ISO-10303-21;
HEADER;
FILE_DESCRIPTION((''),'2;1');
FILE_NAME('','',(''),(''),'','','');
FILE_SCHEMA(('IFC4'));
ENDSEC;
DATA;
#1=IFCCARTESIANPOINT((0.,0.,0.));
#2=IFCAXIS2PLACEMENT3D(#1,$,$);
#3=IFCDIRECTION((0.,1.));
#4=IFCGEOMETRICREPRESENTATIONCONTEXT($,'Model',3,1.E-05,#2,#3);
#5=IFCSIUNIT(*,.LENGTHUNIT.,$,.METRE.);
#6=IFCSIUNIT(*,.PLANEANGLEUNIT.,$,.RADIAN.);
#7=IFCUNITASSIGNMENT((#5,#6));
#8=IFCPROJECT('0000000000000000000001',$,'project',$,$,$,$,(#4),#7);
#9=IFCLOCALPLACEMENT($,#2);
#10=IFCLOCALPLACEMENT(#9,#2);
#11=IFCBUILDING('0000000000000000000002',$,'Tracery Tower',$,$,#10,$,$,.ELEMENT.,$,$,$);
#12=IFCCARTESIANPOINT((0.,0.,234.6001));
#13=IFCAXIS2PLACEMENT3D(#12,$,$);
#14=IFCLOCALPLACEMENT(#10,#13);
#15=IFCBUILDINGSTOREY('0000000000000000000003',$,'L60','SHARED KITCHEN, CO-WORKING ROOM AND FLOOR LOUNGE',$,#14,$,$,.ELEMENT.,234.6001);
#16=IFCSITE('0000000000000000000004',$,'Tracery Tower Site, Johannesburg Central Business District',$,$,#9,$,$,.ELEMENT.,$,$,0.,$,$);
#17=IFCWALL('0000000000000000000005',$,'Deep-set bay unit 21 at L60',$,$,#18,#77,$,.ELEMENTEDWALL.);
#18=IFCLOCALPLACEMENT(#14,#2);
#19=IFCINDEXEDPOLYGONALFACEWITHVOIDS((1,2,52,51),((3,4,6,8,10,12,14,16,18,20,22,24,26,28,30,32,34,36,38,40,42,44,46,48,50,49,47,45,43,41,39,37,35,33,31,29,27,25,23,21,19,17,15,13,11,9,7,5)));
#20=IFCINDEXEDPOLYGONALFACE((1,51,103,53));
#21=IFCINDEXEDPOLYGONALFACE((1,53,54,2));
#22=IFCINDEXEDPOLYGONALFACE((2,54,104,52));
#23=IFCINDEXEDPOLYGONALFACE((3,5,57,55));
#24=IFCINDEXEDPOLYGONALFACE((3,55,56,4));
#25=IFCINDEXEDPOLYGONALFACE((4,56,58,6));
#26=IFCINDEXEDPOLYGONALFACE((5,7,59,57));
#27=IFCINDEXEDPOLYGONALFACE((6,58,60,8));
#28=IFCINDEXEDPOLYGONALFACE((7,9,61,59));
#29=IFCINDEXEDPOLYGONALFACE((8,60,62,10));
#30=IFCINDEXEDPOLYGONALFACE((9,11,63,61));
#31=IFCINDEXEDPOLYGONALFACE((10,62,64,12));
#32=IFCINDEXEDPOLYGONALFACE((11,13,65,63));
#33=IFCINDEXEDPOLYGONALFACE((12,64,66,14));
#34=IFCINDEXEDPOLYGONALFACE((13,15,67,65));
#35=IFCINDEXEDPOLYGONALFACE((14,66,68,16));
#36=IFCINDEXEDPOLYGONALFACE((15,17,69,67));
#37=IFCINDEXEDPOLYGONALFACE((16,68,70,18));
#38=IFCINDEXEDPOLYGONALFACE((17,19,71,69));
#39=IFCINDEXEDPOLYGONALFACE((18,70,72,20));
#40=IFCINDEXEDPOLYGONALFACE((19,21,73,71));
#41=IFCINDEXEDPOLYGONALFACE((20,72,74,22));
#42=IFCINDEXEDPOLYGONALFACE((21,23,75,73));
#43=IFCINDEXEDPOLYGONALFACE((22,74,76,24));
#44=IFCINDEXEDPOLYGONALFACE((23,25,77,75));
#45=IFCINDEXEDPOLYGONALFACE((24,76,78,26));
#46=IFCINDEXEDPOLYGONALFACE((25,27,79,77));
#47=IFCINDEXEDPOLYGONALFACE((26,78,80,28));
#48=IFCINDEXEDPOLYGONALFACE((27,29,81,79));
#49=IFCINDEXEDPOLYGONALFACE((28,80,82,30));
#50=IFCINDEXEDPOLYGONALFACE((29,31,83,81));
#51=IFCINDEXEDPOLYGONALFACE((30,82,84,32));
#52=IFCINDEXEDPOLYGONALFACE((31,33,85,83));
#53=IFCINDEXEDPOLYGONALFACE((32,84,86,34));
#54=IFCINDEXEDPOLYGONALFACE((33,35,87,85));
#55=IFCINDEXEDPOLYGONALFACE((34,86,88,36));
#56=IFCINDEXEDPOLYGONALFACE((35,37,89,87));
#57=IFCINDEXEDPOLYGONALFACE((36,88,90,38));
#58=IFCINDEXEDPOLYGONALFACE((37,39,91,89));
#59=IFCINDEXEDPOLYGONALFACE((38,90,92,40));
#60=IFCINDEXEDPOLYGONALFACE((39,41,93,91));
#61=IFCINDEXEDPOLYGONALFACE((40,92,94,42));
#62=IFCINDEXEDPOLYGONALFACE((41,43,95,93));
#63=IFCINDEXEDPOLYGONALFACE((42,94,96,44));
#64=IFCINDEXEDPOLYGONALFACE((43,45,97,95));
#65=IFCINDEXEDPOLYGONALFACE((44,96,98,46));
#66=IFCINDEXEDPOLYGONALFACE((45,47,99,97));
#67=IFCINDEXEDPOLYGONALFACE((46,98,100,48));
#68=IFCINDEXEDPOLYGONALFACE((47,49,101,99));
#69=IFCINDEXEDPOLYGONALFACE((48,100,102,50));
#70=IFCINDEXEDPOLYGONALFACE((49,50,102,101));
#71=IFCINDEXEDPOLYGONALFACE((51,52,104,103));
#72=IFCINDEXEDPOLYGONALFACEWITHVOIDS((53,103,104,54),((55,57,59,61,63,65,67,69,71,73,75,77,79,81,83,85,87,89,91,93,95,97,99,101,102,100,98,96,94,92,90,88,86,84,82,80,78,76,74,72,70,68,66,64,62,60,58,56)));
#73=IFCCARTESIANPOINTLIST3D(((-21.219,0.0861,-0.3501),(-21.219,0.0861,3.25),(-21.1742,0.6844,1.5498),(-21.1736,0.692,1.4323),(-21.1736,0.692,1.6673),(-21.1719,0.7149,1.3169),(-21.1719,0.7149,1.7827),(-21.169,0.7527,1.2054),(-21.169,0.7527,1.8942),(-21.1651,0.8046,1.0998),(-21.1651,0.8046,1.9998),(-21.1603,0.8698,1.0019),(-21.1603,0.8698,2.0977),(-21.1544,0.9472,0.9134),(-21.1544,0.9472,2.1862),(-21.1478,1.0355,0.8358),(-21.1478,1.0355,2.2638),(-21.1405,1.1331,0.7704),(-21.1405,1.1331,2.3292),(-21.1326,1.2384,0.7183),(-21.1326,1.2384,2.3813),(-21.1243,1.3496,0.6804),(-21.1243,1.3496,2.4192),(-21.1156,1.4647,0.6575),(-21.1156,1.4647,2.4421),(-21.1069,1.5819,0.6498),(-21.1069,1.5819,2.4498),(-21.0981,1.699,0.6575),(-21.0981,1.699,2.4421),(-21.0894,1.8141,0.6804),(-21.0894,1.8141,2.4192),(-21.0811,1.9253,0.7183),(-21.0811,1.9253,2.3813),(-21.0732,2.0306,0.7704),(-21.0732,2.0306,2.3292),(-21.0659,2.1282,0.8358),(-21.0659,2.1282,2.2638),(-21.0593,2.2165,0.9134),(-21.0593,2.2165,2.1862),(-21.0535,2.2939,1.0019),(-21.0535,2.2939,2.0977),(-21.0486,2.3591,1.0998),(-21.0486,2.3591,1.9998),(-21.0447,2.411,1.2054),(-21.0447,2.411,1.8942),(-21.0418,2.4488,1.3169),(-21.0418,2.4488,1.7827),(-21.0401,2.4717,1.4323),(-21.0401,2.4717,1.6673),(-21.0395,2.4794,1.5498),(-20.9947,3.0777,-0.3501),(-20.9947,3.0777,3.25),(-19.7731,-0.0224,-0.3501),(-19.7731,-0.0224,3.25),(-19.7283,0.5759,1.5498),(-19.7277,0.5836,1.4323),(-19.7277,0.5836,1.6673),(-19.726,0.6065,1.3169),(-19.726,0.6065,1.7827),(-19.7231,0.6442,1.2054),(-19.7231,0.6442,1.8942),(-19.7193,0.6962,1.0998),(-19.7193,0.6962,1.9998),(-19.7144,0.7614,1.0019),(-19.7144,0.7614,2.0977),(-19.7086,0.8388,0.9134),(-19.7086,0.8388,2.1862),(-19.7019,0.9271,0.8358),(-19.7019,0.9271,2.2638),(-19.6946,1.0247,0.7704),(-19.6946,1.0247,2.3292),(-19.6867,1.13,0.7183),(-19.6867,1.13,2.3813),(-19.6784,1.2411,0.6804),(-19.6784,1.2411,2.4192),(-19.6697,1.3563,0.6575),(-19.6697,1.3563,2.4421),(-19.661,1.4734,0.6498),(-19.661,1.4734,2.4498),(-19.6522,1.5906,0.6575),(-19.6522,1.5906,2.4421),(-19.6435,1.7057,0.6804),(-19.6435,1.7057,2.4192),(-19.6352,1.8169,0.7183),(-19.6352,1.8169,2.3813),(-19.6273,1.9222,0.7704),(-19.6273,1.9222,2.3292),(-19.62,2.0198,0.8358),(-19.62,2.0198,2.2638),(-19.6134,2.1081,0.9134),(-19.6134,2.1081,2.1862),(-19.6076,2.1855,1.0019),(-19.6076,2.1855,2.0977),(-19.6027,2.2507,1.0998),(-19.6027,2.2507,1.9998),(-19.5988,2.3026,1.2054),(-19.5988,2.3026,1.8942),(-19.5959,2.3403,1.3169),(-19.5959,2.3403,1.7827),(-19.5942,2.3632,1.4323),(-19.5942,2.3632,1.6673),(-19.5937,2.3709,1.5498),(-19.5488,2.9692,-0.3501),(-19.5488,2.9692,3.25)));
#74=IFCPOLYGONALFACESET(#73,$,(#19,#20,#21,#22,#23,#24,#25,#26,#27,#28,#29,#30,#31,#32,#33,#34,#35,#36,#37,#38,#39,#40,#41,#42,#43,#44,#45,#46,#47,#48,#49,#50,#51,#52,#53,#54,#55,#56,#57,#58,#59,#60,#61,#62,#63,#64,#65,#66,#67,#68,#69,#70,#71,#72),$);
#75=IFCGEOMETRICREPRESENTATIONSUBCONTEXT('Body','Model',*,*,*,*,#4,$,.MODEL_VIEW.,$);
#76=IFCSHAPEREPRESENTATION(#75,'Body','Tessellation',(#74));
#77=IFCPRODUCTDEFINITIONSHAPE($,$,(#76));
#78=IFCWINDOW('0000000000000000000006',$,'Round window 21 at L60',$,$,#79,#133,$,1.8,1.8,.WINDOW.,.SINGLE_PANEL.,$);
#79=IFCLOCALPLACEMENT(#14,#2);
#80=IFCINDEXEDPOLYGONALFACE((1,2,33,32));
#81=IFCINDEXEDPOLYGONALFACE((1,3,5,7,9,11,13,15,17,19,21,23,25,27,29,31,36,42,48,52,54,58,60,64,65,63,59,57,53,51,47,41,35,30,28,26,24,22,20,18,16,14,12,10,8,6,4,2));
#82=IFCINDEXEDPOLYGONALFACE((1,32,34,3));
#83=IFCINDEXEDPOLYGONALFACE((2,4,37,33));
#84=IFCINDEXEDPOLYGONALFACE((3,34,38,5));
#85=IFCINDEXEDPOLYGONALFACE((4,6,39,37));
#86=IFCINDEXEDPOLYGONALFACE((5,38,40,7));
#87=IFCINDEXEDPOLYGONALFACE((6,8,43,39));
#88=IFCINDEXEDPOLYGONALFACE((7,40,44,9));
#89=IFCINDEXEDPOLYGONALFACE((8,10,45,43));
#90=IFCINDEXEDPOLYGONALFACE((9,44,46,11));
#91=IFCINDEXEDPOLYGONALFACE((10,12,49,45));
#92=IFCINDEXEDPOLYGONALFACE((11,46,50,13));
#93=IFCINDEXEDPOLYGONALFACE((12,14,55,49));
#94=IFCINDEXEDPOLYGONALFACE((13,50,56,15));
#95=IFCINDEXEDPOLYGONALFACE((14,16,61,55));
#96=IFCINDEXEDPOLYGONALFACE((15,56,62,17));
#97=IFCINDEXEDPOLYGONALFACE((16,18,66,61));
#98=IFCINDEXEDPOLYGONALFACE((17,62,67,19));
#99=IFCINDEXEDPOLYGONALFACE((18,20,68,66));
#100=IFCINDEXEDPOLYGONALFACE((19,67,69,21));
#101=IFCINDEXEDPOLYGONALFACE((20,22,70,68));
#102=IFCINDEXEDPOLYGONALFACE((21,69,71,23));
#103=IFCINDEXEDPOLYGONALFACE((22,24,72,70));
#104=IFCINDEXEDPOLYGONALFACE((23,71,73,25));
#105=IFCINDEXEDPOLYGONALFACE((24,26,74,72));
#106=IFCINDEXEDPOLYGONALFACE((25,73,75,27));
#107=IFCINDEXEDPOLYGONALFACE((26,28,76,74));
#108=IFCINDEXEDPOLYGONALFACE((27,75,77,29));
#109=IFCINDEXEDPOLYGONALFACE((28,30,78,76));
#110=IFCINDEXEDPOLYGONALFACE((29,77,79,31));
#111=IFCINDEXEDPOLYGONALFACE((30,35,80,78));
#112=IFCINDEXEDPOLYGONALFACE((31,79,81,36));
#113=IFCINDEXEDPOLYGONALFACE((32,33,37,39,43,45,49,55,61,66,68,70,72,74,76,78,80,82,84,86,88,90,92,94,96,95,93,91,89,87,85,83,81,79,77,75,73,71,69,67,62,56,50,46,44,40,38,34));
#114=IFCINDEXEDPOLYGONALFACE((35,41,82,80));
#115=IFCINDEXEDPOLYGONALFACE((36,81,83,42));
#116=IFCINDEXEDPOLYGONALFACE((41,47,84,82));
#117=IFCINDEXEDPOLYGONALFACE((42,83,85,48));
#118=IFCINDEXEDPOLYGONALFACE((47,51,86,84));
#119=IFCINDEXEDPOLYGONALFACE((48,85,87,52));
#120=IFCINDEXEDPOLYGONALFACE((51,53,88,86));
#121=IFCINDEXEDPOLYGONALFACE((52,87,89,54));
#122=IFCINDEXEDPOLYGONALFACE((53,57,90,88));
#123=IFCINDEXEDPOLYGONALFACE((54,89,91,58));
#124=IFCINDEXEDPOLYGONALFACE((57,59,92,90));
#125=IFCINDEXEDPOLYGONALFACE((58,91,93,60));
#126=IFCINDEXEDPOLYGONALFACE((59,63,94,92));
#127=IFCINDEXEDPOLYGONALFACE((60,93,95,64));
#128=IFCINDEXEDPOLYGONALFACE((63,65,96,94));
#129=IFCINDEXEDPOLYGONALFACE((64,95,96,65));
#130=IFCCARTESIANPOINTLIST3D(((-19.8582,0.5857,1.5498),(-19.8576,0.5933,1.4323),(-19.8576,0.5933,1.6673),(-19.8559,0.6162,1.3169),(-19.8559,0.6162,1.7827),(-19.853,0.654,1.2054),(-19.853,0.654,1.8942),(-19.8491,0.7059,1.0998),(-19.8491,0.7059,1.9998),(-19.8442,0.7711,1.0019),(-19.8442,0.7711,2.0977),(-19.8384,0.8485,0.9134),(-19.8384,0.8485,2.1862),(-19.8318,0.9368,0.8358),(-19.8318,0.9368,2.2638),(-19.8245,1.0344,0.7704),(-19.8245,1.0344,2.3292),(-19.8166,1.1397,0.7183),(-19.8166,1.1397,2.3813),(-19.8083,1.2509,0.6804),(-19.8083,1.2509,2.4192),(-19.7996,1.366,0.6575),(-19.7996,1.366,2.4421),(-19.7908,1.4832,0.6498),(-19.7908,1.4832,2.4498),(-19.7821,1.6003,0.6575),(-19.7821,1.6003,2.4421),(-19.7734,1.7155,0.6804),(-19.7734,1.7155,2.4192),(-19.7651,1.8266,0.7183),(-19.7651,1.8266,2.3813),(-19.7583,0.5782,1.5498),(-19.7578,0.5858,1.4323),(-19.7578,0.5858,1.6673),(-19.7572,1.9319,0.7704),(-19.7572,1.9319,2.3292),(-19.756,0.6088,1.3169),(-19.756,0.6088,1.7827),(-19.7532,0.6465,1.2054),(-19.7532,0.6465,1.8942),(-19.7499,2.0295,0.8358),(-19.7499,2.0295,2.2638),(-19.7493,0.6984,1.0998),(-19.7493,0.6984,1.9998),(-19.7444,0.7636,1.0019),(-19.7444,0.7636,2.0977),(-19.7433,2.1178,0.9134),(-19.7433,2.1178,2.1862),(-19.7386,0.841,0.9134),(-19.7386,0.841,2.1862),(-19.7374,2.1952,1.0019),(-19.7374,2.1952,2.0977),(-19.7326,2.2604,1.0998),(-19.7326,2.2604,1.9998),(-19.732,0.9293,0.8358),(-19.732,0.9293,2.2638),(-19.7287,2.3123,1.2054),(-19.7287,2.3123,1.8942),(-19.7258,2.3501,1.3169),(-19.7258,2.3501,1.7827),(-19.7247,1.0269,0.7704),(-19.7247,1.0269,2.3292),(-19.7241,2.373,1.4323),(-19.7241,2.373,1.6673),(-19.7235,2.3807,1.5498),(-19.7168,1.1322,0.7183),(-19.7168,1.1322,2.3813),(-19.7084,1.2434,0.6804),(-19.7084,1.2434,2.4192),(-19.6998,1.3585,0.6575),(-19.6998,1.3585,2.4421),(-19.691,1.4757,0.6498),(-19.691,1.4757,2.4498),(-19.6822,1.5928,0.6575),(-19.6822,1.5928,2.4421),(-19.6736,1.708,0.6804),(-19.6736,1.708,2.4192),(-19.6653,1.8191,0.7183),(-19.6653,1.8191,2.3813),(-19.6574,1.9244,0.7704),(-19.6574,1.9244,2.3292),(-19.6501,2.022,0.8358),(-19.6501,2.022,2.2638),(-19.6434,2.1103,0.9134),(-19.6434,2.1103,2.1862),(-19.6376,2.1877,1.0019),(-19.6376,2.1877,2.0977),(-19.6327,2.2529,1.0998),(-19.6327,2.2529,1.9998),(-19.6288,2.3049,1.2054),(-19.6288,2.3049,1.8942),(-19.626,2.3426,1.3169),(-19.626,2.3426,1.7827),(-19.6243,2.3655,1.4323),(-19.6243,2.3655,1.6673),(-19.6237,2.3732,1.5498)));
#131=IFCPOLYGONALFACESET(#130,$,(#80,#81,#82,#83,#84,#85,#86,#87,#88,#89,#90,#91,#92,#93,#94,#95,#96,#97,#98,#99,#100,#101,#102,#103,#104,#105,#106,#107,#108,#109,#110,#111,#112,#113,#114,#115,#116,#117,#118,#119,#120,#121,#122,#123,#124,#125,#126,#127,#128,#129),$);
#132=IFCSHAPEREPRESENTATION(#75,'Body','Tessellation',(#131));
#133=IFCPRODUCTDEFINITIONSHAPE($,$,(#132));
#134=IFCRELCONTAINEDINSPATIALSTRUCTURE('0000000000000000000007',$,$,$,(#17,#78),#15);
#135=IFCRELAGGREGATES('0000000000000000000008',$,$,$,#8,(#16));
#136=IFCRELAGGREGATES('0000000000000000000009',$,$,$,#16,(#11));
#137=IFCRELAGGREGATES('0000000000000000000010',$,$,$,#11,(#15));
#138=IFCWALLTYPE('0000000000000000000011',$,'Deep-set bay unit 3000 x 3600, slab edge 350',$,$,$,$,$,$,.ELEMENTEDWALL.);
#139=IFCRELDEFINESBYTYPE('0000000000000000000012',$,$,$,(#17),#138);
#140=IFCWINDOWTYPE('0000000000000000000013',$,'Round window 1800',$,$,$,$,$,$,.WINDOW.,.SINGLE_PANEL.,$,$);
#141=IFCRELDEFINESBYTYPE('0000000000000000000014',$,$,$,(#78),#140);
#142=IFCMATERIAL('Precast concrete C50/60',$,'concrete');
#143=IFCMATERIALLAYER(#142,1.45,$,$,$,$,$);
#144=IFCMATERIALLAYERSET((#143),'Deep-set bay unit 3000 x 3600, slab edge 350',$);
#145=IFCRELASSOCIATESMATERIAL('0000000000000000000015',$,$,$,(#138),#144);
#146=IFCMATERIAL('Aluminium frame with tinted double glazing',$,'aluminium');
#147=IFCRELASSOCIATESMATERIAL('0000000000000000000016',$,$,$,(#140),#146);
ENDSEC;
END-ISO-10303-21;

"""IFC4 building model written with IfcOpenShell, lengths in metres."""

from ifc_helpers import new_model, si_unit, direction, frame, frame_2d, origin, origin_2d, place, context, subcontext, project, spatial, rectangle, circle, extrude, material, layer, layer_set, type_object, element, fill, save


model = new_model("IFC4")

# Units and contexts
model_context = context("Model", 3, precision=1e-05, world=origin(), true_north=direction((0.0, 1.0)))
body_context = subcontext(model_context, "Body", "Model", "MODEL_VIEW")
ifc_project = project(units=[si_unit("LENGTHUNIT", "METRE"), si_unit("PLANEANGLEUNIT", "RADIAN")], contexts=[model_context])

# Site, building, storey
site_placement = place(None, origin())
site = spatial("IfcSite", under=ifc_project, at=site_placement, Name="Tracery Tower Site, Johannesburg Central Business District", CompositionType="ELEMENT", RefElevation=0.0)
building_placement = place(site_placement, origin())
building = spatial("IfcBuilding", under=site, at=building_placement, Name="Tracery Tower", CompositionType="ELEMENT")
storey_placement = place(building_placement, frame((0.0, 0.0, 234.6001)))
storey = spatial("IfcBuildingStorey", under=building, at=storey_placement, Name="L60", Description="SHARED KITCHEN, CO-WORKING ROOM AND FLOOR LOUNGE", CompositionType="ELEMENT", Elevation=234.6001)

# Wall, opening, window
ifc_material_1 = material(Name="Precast concrete C50/60", Category="concrete")
ifc_layer_1 = layer(ifc_material_1, 1.45)
ifc_layer_set_1 = layer_set([ifc_layer_1], Name="Deep-set bay unit 3000 x 3600, slab edge 350")
wall_type_1 = type_object("IfcWallType", Name="Deep-set bay unit 3000 x 3600, slab edge 350", PredefinedType="ELEMENTEDWALL", material=ifc_layer_set_1)
wall_1_placement = place(storey_placement, frame((-20.2717, 3.0234, -0.3501), z_axis=(0.0, 0.0, 1.0), x_axis=(-0.074786, -0.9972, 0.0)))
wall_1 = element("IfcWall", 1, at=wall_1_placement, inside=storey, type_object=wall_type_1, Name="Deep-set bay unit 21 at L60", PredefinedType="ELEMENTEDWALL", context=body_context, shape_type="SweptSolid", body=[
    extrude(rectangle(XDim=3.0, YDim=1.45, at=frame_2d((1.5, 0.0))), origin(), (0.0, 0.0, 1.0), 3.6001),
])
opening_1_placement = place(wall_1_placement, frame((1.5, 0.0, 1.8999)))
opening_1 = element("IfcOpeningElement", 2, at=opening_1_placement, cuts=wall_1, PredefinedType="OPENING", context=body_context, shape_type="SweptSolid", body=[
    extrude(circle(Radius=0.9, at=origin_2d()), frame((0.0, 0.7349, 0.0), z_axis=(0.0, -1.0, 0.0), x_axis=(1.0, 0.0, 0.0)), (0.0, 0.0, 1.0), 1.47),
])
ifc_material_2 = material(Name="Aluminium frame with tinted double glazing", Category="aluminium")
window_type = type_object("IfcWindowType", Name="Round window 1800", PartitioningType="SINGLE_PANEL", PredefinedType="WINDOW", material=ifc_material_2)
window_1_placement = place(opening_1_placement, origin())
window_1 = element("IfcWindow", 3, at=window_1_placement, inside=storey, type_object=window_type, Name="Round window 21 at L60", OverallHeight=1.8, OverallWidth=1.8, PartitioningType="SINGLE_PANEL", PredefinedType="WINDOW", context=body_context, shape_type="SweptSolid", body=[
    extrude(circle(Radius=0.9, at=origin_2d()), frame((0.0, 0.6948, 0.0), z_axis=(0.0, -1.0, 0.0), x_axis=(1.0, 0.0, 0.0)), (0.0, 0.0, 1.0), 0.1001),
])
fill(opening_1, window_1)

save(model, "model.ifc")
